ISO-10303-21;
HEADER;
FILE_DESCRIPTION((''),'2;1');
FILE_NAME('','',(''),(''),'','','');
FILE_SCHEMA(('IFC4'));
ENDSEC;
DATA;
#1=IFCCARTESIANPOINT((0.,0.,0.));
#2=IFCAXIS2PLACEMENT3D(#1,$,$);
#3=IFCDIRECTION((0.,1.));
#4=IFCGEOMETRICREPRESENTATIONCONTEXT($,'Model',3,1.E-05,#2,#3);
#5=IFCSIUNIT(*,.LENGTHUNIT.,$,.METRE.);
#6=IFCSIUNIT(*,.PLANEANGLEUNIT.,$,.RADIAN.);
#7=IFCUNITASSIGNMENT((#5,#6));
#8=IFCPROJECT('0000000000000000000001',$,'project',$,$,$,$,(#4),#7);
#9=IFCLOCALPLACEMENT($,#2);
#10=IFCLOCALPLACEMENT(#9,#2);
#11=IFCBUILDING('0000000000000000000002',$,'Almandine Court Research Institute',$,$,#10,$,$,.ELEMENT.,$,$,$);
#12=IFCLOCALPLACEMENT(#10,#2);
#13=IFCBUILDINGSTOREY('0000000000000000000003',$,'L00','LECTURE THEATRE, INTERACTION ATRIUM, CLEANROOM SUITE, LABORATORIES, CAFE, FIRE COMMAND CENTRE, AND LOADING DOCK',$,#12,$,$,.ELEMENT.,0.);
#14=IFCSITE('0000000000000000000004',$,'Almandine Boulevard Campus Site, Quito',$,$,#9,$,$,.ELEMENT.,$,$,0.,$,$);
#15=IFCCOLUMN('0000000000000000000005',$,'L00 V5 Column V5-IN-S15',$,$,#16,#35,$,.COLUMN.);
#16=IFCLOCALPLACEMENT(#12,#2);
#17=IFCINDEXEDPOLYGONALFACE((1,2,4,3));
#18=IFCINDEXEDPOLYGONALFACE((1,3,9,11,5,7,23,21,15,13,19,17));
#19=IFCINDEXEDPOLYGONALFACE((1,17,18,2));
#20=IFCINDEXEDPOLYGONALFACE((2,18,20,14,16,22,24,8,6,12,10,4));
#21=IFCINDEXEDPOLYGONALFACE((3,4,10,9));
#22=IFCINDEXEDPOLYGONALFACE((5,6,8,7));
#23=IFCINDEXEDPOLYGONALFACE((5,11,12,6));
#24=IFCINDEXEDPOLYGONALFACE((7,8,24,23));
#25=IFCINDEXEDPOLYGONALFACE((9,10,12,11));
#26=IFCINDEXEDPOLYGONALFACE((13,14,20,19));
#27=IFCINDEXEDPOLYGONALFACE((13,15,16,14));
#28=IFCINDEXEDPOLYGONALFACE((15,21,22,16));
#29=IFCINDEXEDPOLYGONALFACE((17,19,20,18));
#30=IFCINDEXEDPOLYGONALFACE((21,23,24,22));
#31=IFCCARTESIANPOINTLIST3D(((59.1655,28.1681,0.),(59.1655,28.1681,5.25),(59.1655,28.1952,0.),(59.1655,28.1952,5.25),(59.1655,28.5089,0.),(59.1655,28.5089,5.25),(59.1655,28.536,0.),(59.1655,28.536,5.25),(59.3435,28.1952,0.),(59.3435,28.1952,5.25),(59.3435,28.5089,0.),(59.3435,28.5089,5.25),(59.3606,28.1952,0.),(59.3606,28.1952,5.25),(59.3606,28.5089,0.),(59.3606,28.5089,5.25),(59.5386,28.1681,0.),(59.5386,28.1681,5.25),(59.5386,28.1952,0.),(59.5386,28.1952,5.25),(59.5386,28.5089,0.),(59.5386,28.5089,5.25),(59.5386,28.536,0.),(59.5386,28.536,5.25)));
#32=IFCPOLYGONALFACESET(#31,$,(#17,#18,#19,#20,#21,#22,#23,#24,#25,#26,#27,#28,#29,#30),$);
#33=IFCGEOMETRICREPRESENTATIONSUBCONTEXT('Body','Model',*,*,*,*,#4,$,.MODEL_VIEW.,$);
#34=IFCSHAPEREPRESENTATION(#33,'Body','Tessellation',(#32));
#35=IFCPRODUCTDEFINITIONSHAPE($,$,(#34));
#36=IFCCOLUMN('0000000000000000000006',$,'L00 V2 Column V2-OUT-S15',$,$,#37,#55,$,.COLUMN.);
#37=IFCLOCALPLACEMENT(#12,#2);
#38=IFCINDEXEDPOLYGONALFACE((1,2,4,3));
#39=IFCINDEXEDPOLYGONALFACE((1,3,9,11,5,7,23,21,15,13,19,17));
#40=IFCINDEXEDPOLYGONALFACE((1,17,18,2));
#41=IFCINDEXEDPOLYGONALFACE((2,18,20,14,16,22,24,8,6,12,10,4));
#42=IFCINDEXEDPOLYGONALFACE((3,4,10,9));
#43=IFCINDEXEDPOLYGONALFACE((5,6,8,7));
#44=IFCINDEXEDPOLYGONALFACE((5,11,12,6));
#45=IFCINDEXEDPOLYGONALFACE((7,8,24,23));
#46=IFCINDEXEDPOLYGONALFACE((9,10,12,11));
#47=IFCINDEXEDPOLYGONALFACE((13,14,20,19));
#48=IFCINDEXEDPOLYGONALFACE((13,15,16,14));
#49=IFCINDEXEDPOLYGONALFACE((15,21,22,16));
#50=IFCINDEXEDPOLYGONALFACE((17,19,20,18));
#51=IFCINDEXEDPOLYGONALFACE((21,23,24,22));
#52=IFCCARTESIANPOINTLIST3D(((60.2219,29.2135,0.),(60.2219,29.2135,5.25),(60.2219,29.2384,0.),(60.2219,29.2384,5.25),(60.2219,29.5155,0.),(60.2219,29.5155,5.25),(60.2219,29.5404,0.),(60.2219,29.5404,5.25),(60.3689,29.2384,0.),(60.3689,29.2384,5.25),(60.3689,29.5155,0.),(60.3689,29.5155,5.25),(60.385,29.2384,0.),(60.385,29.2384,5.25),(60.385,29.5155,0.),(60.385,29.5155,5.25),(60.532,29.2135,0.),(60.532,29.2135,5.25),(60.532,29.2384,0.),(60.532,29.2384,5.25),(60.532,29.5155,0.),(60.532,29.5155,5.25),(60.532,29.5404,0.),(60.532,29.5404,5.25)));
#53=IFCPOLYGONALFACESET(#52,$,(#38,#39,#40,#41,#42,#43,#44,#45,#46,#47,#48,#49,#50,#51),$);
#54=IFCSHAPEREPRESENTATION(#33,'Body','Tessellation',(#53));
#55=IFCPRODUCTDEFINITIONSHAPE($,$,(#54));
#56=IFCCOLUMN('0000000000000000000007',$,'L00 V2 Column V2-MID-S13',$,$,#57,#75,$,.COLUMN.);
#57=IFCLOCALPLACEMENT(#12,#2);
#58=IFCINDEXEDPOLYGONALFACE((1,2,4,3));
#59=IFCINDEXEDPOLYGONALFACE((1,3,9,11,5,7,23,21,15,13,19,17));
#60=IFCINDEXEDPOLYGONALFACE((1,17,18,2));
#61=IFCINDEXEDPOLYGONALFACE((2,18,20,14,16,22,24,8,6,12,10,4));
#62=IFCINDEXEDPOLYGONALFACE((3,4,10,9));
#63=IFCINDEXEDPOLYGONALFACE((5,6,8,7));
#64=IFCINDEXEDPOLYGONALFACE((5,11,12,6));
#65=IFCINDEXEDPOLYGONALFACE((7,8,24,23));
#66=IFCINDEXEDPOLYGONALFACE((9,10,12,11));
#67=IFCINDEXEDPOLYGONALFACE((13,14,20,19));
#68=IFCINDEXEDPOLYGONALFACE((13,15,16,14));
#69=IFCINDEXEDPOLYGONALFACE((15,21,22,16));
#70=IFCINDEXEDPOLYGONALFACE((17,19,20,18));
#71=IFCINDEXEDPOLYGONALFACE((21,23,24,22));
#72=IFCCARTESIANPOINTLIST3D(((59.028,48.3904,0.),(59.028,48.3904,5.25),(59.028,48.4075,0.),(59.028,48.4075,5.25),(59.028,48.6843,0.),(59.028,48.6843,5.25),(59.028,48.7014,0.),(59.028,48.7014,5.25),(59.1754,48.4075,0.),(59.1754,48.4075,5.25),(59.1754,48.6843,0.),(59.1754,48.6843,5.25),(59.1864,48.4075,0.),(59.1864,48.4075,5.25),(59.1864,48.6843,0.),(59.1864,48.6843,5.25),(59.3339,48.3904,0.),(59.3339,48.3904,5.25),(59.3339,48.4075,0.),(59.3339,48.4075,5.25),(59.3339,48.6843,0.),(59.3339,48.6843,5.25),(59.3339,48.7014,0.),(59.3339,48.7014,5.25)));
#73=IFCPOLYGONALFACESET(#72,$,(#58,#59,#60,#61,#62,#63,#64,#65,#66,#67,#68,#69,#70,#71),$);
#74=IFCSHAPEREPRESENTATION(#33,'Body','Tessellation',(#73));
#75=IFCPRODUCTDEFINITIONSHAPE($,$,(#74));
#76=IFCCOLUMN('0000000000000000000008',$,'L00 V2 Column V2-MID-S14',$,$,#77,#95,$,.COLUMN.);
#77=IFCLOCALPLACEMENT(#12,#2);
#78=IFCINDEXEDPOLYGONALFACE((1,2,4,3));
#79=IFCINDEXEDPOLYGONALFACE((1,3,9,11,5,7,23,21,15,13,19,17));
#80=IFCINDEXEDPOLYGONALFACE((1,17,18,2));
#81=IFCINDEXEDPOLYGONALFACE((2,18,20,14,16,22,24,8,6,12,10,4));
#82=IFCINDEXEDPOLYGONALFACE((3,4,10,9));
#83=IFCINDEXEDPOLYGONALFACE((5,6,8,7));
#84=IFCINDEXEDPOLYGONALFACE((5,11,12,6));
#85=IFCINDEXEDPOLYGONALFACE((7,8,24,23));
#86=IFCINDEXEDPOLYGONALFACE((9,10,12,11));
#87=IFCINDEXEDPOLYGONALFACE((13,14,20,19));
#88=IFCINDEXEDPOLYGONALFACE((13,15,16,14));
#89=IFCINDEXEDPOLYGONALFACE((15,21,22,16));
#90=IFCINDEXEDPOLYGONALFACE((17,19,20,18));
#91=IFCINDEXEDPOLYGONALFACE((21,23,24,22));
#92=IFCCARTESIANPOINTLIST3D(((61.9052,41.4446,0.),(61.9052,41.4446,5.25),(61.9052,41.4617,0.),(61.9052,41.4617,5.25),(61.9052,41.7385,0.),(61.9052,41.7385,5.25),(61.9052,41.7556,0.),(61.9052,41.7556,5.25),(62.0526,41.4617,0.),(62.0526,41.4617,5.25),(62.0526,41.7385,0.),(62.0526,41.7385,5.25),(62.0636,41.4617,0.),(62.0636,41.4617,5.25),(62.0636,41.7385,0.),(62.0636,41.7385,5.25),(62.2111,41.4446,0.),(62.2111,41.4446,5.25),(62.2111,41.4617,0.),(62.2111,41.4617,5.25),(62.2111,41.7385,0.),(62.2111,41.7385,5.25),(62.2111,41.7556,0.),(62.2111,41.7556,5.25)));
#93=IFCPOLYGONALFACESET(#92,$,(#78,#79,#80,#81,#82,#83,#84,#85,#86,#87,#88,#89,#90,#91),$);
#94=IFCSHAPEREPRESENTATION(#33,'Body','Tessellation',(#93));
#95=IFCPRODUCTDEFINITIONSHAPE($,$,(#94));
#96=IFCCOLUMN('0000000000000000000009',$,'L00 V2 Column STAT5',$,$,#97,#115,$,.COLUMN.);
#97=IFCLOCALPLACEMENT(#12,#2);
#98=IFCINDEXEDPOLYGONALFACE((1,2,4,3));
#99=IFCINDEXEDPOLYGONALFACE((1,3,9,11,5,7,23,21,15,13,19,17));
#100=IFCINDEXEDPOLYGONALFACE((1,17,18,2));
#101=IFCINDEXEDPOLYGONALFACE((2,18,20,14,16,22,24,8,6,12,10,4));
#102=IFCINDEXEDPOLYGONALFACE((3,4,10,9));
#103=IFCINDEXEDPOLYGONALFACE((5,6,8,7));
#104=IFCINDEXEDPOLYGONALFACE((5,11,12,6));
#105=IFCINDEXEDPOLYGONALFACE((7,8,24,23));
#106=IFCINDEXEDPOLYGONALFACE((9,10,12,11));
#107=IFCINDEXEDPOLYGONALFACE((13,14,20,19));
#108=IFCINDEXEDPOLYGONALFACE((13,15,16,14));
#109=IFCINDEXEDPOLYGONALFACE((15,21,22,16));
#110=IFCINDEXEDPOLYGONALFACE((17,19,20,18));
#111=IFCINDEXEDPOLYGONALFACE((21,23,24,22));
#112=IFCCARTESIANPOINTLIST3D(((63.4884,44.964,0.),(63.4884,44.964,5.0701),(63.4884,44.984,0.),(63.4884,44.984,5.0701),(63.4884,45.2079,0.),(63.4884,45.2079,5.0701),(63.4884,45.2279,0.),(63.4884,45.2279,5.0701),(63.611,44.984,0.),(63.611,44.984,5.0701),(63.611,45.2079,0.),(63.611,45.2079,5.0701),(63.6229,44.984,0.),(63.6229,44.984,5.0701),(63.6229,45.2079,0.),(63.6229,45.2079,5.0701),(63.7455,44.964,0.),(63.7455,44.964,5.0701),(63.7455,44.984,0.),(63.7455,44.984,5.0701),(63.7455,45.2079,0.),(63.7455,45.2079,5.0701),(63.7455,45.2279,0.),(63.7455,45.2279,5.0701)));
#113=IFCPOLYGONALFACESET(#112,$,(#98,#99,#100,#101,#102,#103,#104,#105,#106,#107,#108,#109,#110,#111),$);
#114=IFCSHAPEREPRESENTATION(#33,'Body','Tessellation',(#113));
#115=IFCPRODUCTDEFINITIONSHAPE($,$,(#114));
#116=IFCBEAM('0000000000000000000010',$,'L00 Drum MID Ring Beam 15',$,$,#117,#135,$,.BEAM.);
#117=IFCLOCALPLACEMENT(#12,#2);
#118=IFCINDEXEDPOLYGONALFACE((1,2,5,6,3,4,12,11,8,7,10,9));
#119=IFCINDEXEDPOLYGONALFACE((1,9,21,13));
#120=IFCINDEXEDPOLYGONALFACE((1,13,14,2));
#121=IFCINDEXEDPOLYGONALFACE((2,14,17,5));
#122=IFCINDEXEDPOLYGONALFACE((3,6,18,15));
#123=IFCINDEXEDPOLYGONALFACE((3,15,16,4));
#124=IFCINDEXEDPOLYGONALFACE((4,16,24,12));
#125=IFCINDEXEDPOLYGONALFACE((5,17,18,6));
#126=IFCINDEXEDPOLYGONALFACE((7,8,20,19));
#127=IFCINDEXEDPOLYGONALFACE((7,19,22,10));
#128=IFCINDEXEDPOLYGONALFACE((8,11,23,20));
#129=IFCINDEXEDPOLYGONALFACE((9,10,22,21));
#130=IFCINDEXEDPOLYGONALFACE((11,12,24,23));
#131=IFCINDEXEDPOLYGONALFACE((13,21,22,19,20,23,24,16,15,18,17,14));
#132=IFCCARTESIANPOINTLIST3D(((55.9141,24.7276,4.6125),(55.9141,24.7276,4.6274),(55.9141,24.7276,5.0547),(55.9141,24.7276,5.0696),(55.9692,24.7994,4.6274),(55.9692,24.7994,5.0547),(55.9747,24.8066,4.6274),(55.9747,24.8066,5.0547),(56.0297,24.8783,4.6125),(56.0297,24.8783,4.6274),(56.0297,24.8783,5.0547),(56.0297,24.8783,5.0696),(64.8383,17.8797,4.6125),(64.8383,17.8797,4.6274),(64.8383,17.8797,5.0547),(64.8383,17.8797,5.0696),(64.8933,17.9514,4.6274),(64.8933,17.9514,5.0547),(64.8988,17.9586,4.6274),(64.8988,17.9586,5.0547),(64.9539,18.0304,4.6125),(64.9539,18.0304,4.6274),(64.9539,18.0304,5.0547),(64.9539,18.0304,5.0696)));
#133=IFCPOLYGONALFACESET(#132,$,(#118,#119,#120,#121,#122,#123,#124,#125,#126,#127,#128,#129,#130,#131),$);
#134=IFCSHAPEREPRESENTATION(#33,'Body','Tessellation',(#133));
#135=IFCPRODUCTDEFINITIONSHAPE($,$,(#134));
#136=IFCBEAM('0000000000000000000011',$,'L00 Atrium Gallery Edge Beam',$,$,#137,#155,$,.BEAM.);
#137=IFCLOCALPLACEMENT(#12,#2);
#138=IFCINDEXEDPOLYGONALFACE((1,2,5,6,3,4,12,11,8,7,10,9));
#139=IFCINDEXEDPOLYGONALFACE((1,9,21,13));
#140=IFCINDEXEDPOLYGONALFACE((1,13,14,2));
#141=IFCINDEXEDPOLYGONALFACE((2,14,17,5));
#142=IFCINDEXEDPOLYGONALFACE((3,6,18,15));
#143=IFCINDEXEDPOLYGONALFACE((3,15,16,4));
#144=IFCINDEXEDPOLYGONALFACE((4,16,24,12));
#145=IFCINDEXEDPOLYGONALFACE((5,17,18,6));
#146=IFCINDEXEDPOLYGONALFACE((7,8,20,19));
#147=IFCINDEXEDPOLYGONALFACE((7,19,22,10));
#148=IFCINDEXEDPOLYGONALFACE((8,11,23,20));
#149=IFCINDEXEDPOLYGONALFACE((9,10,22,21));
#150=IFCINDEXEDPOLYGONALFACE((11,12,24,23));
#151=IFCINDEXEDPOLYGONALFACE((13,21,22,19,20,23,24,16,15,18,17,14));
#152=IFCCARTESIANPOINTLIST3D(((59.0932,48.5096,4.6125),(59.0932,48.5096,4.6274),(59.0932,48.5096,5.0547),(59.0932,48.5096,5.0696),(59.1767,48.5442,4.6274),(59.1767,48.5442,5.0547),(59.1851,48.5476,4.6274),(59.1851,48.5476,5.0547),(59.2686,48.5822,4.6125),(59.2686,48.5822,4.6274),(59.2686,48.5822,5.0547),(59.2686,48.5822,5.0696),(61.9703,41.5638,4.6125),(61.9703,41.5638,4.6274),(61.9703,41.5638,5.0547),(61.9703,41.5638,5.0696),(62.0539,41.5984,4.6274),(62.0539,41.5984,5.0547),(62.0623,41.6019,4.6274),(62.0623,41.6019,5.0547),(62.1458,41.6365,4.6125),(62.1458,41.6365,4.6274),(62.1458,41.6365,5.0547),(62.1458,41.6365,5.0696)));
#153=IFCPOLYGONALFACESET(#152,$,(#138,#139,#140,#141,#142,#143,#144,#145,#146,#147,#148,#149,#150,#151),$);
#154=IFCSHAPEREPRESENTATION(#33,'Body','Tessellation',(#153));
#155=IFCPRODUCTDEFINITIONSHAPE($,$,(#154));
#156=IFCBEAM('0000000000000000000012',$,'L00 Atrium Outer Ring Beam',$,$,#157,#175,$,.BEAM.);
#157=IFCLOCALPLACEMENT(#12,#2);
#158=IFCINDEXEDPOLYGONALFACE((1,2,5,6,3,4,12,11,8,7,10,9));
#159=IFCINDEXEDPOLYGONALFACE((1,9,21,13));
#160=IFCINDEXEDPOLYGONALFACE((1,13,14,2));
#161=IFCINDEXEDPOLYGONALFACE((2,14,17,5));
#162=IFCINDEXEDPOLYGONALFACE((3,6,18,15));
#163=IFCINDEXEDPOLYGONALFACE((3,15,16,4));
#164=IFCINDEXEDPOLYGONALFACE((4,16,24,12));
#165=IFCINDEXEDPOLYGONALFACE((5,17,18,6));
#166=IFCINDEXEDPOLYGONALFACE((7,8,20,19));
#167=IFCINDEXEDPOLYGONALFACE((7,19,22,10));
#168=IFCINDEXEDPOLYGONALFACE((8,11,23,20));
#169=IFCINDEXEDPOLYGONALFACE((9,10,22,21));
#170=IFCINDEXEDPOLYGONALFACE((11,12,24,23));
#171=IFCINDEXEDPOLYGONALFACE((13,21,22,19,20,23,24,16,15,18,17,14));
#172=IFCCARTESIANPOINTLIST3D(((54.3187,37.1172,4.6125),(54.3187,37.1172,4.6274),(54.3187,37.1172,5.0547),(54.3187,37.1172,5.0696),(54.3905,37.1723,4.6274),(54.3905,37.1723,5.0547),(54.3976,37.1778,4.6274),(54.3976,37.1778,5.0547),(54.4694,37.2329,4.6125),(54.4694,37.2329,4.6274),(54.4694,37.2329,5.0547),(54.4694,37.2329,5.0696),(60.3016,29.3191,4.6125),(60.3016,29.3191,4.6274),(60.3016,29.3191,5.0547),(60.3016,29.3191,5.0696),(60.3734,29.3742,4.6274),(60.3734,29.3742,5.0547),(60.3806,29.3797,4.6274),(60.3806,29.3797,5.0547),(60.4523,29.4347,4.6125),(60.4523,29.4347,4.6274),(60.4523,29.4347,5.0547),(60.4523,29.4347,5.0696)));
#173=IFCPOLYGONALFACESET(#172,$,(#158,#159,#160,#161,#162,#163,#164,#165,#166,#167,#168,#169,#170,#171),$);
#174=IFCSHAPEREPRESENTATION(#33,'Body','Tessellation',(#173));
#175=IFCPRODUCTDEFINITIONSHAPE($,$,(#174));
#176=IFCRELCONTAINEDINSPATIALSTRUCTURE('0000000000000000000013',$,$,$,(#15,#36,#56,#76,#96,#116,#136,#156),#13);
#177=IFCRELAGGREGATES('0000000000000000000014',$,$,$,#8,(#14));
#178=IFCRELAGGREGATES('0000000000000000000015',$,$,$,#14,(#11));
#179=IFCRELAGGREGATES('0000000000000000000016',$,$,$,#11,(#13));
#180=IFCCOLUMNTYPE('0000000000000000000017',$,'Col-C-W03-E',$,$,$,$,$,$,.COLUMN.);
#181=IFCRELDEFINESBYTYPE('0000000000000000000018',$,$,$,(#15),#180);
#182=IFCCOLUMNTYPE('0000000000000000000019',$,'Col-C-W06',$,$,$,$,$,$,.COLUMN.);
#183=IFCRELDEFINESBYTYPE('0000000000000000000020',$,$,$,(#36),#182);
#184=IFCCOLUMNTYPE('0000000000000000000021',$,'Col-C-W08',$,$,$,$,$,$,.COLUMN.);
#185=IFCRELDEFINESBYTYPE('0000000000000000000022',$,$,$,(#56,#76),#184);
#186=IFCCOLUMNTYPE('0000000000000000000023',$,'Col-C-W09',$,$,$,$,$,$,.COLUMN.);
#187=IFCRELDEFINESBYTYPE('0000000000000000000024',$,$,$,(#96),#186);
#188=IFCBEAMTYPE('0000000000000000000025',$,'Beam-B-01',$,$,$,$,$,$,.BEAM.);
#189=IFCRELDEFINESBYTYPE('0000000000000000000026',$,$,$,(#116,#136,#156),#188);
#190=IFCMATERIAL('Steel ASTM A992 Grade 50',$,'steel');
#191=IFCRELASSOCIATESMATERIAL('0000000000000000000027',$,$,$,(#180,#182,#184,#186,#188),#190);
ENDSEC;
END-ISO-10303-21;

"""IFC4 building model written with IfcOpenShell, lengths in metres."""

from ifc_helpers import new_model, si_unit, direction, frame, origin, origin_2d, place, context, subcontext, project, spatial, i_section, extrude, material, material_profile, profile_set, type_object, element, save


model = new_model("IFC4")

# Units and contexts
model_context = context("Model", 3, precision=1e-05, world=origin(), true_north=direction((0.0, 1.0)))
body_context = subcontext(model_context, "Body", "Model", "MODEL_VIEW")
ifc_project = project(units=[si_unit("LENGTHUNIT", "METRE"), si_unit("PLANEANGLEUNIT", "RADIAN")], contexts=[model_context])

# Site, building, storey
site_placement = place(None, origin())
site = spatial("IfcSite", under=ifc_project, at=site_placement, Name="Almandine Boulevard Campus Site, Quito", CompositionType="ELEMENT", RefElevation=0.0)
building_placement = place(site_placement, origin())
building = spatial("IfcBuilding", under=site, at=building_placement, Name="Almandine Court Research Institute", CompositionType="ELEMENT")
storey_placement = place(building_placement, origin())
storey = spatial("IfcBuildingStorey", under=building, at=storey_placement, Name="L00", Description="LECTURE THEATRE, INTERACTION ATRIUM, CLEANROOM SUITE, LABORATORIES, CAFE, FIRE COMMAND CENTRE, AND LOADING DOCK", CompositionType="ELEMENT", Elevation=0.0)

# Columns
ifc_material_1 = material(Name="Steel ASTM A992 Grade 50", Category="steel")
ifc_material_profile_1 = material_profile(ifc_material_1, i_section(OverallWidth=0.373, OverallDepth=0.3679, WebThickness=0.0171, FlangeThickness=0.0271, at=origin_2d()), Name="W360x179")
ifc_profile_set_1 = profile_set([ifc_material_profile_1], Name="Steel ASTM A992 Grade 50")
column_type_1 = type_object("IfcColumnType", Name="Col-C-W03-E", PredefinedType="COLUMN", material=ifc_profile_set_1)
column_1_placement = place(storey_placement, frame((59.3521, 28.3521, 0.0), z_axis=(0.0, 0.0, 1.0), x_axis=(1.0, 0.0, 0.0)))
element("IfcColumn", 1, at=column_1_placement, inside=storey, type_object=column_type_1, Name="L00 V5 Column V5-IN-S15", PredefinedType="COLUMN", context=body_context, shape_type="SweptSolid", body=[
    extrude(i_section(OverallWidth=0.373, OverallDepth=0.3679, WebThickness=0.0171, FlangeThickness=0.0271, at=origin_2d()), origin(), (0.0, 0.0, 1.0), 5.25),
])
ifc_material_profile_2 = material_profile(ifc_material_1, i_section(OverallWidth=0.3101, OverallDepth=0.3269, WebThickness=0.0161, FlangeThickness=0.0249, at=origin_2d()), Name="W310x158")
ifc_profile_set_2 = profile_set([ifc_material_profile_2], Name="Steel ASTM A992 Grade 50")
column_type_2 = type_object("IfcColumnType", Name="Col-C-W06", PredefinedType="COLUMN", material=ifc_profile_set_2)
column_2_placement = place(storey_placement, frame((60.377, 29.377, 0.0), z_axis=(0.0, 0.0, 1.0), x_axis=(1.0, 0.0, 0.0)))
element("IfcColumn", 2, at=column_2_placement, inside=storey, type_object=column_type_2, Name="L00 V2 Column V2-OUT-S15", PredefinedType="COLUMN", context=body_context, shape_type="SweptSolid", body=[
    extrude(i_section(OverallWidth=0.3101, OverallDepth=0.3269, WebThickness=0.0161, FlangeThickness=0.0249, at=origin_2d()), origin(), (0.0, 0.0, 1.0), 5.25),
])
ifc_material_profile_3 = material_profile(ifc_material_1, i_section(OverallWidth=0.3059, OverallDepth=0.311, WebThickness=0.011, FlangeThickness=0.0171, at=origin_2d()), Name="W310x107")
ifc_profile_set_3 = profile_set([ifc_material_profile_3], Name="Steel ASTM A992 Grade 50")
column_type_3 = type_object("IfcColumnType", Name="Col-C-W08", PredefinedType="COLUMN", material=ifc_profile_set_3)
for number, where, z_axis, x_axis, name in (
    (3, (59.1809, 48.5459, 0.0), (0.0, 0.0, 1.0), (1.0, 0.0, 0.0), "L00 V2 Column V2-MID-S13"),
    (4, (62.0581, 41.6001, 0.0), (0.0, 0.0, 1.0), (1.0, 0.0, 0.0), "L00 V2 Column V2-MID-S14"),
):
    element("IfcColumn", number, at=place(storey_placement, frame(where, z_axis=z_axis, x_axis=x_axis)), inside=storey, type_object=column_type_3, Name=name, PredefinedType="COLUMN", context=body_context, shape_type="SweptSolid", body=[
        extrude(i_section(OverallWidth=0.3059, OverallDepth=0.311, WebThickness=0.011, FlangeThickness=0.0171, at=origin_2d()), origin(), (0.0, 0.0, 1.0), 5.25),
    ])
ifc_material_profile_4 = material_profile(ifc_material_1, i_section(OverallWidth=0.2571, OverallDepth=0.2639, WebThickness=0.012, FlangeThickness=0.02, at=origin_2d()), Name="W250x101")
ifc_profile_set_4 = profile_set([ifc_material_profile_4], Name="Steel ASTM A992 Grade 50")
column_type_4 = type_object("IfcColumnType", Name="Col-C-W09", PredefinedType="COLUMN", material=ifc_profile_set_4)
column_3_placement = place(storey_placement, frame((63.6169, 45.0959, 0.0), z_axis=(0.0, 0.0, 1.0), x_axis=(1.0, 0.0, 0.0)))
element("IfcColumn", 5, at=column_3_placement, inside=storey, type_object=column_type_4, Name="L00 V2 Column STAT5", PredefinedType="COLUMN", context=body_context, shape_type="SweptSolid", body=[
    extrude(i_section(OverallWidth=0.2571, OverallDepth=0.2639, WebThickness=0.012, FlangeThickness=0.02, at=origin_2d()), origin(), (0.0, 0.0, 1.0), 5.0701),
])

# Beams
ifc_material_profile_5 = material_profile(ifc_material_1, i_section(OverallWidth=0.1899, OverallDepth=0.457, WebThickness=0.009, FlangeThickness=0.0149, at=origin_2d()), Name="W460x74")
ifc_profile_set_5 = profile_set([ifc_material_profile_5], Name="Steel ASTM A992 Grade 50")
beam_type_1 = type_object("IfcBeamType", Name="Beam-B-01", PredefinedType="BEAM", material=ifc_profile_set_5)
beam_1_placement = place(storey_placement, frame((55.9719, 24.803, 4.8411), z_axis=(0.793344, -0.608774, 0.0), x_axis=(0.608774, 0.793344, 0.0)))
element("IfcBeam", 6, at=beam_1_placement, inside=storey, type_object=beam_type_1, Name="L00 Drum MID Ring Beam 15", PredefinedType="BEAM", context=body_context, shape_type="SweptSolid", body=[
    extrude(i_section(OverallWidth=0.1899, OverallDepth=0.457, WebThickness=0.009, FlangeThickness=0.0149, at=origin_2d()), origin(), (0.0, 0.0, 1.0), 11.2488),
])
beam_2_placement = place(storey_placement, frame((59.1809, 48.5459, 4.8411), z_axis=(0.382701, -0.923872, 0.0), x_axis=(0.923872, 0.382701, 0.0)))
element("IfcBeam", 7, at=beam_2_placement, inside=storey, type_object=beam_type_1, Name="L00 Atrium Gallery Edge Beam", PredefinedType="BEAM", context=body_context, shape_type="SweptSolid", body=[
    extrude(i_section(OverallWidth=0.1899, OverallDepth=0.457, WebThickness=0.009, FlangeThickness=0.0149, at=origin_2d()), origin(), (0.0, 0.0, 1.0), 7.5181),
])
for number, where, z_axis, x_axis, name in (
    (8, (54.394, 37.175, 4.8411), (0.608712, -0.793392, 0.0), (0.793392, 0.608712, 0.0), "L00 Atrium Outer Ring Beam"),
):
    element("IfcBeam", number, at=place(storey_placement, frame(where, z_axis=z_axis, x_axis=x_axis)), inside=storey, type_object=beam_type_1, Name=name, PredefinedType="BEAM", context=body_context, shape_type="SweptSolid", body=[
        extrude(i_section(OverallWidth=0.1899, OverallDepth=0.457, WebThickness=0.009, FlangeThickness=0.0149, at=origin_2d()), origin(), (0.0, 0.0, 1.0), 9.8289),
    ])

save(model, "model.ifc")
